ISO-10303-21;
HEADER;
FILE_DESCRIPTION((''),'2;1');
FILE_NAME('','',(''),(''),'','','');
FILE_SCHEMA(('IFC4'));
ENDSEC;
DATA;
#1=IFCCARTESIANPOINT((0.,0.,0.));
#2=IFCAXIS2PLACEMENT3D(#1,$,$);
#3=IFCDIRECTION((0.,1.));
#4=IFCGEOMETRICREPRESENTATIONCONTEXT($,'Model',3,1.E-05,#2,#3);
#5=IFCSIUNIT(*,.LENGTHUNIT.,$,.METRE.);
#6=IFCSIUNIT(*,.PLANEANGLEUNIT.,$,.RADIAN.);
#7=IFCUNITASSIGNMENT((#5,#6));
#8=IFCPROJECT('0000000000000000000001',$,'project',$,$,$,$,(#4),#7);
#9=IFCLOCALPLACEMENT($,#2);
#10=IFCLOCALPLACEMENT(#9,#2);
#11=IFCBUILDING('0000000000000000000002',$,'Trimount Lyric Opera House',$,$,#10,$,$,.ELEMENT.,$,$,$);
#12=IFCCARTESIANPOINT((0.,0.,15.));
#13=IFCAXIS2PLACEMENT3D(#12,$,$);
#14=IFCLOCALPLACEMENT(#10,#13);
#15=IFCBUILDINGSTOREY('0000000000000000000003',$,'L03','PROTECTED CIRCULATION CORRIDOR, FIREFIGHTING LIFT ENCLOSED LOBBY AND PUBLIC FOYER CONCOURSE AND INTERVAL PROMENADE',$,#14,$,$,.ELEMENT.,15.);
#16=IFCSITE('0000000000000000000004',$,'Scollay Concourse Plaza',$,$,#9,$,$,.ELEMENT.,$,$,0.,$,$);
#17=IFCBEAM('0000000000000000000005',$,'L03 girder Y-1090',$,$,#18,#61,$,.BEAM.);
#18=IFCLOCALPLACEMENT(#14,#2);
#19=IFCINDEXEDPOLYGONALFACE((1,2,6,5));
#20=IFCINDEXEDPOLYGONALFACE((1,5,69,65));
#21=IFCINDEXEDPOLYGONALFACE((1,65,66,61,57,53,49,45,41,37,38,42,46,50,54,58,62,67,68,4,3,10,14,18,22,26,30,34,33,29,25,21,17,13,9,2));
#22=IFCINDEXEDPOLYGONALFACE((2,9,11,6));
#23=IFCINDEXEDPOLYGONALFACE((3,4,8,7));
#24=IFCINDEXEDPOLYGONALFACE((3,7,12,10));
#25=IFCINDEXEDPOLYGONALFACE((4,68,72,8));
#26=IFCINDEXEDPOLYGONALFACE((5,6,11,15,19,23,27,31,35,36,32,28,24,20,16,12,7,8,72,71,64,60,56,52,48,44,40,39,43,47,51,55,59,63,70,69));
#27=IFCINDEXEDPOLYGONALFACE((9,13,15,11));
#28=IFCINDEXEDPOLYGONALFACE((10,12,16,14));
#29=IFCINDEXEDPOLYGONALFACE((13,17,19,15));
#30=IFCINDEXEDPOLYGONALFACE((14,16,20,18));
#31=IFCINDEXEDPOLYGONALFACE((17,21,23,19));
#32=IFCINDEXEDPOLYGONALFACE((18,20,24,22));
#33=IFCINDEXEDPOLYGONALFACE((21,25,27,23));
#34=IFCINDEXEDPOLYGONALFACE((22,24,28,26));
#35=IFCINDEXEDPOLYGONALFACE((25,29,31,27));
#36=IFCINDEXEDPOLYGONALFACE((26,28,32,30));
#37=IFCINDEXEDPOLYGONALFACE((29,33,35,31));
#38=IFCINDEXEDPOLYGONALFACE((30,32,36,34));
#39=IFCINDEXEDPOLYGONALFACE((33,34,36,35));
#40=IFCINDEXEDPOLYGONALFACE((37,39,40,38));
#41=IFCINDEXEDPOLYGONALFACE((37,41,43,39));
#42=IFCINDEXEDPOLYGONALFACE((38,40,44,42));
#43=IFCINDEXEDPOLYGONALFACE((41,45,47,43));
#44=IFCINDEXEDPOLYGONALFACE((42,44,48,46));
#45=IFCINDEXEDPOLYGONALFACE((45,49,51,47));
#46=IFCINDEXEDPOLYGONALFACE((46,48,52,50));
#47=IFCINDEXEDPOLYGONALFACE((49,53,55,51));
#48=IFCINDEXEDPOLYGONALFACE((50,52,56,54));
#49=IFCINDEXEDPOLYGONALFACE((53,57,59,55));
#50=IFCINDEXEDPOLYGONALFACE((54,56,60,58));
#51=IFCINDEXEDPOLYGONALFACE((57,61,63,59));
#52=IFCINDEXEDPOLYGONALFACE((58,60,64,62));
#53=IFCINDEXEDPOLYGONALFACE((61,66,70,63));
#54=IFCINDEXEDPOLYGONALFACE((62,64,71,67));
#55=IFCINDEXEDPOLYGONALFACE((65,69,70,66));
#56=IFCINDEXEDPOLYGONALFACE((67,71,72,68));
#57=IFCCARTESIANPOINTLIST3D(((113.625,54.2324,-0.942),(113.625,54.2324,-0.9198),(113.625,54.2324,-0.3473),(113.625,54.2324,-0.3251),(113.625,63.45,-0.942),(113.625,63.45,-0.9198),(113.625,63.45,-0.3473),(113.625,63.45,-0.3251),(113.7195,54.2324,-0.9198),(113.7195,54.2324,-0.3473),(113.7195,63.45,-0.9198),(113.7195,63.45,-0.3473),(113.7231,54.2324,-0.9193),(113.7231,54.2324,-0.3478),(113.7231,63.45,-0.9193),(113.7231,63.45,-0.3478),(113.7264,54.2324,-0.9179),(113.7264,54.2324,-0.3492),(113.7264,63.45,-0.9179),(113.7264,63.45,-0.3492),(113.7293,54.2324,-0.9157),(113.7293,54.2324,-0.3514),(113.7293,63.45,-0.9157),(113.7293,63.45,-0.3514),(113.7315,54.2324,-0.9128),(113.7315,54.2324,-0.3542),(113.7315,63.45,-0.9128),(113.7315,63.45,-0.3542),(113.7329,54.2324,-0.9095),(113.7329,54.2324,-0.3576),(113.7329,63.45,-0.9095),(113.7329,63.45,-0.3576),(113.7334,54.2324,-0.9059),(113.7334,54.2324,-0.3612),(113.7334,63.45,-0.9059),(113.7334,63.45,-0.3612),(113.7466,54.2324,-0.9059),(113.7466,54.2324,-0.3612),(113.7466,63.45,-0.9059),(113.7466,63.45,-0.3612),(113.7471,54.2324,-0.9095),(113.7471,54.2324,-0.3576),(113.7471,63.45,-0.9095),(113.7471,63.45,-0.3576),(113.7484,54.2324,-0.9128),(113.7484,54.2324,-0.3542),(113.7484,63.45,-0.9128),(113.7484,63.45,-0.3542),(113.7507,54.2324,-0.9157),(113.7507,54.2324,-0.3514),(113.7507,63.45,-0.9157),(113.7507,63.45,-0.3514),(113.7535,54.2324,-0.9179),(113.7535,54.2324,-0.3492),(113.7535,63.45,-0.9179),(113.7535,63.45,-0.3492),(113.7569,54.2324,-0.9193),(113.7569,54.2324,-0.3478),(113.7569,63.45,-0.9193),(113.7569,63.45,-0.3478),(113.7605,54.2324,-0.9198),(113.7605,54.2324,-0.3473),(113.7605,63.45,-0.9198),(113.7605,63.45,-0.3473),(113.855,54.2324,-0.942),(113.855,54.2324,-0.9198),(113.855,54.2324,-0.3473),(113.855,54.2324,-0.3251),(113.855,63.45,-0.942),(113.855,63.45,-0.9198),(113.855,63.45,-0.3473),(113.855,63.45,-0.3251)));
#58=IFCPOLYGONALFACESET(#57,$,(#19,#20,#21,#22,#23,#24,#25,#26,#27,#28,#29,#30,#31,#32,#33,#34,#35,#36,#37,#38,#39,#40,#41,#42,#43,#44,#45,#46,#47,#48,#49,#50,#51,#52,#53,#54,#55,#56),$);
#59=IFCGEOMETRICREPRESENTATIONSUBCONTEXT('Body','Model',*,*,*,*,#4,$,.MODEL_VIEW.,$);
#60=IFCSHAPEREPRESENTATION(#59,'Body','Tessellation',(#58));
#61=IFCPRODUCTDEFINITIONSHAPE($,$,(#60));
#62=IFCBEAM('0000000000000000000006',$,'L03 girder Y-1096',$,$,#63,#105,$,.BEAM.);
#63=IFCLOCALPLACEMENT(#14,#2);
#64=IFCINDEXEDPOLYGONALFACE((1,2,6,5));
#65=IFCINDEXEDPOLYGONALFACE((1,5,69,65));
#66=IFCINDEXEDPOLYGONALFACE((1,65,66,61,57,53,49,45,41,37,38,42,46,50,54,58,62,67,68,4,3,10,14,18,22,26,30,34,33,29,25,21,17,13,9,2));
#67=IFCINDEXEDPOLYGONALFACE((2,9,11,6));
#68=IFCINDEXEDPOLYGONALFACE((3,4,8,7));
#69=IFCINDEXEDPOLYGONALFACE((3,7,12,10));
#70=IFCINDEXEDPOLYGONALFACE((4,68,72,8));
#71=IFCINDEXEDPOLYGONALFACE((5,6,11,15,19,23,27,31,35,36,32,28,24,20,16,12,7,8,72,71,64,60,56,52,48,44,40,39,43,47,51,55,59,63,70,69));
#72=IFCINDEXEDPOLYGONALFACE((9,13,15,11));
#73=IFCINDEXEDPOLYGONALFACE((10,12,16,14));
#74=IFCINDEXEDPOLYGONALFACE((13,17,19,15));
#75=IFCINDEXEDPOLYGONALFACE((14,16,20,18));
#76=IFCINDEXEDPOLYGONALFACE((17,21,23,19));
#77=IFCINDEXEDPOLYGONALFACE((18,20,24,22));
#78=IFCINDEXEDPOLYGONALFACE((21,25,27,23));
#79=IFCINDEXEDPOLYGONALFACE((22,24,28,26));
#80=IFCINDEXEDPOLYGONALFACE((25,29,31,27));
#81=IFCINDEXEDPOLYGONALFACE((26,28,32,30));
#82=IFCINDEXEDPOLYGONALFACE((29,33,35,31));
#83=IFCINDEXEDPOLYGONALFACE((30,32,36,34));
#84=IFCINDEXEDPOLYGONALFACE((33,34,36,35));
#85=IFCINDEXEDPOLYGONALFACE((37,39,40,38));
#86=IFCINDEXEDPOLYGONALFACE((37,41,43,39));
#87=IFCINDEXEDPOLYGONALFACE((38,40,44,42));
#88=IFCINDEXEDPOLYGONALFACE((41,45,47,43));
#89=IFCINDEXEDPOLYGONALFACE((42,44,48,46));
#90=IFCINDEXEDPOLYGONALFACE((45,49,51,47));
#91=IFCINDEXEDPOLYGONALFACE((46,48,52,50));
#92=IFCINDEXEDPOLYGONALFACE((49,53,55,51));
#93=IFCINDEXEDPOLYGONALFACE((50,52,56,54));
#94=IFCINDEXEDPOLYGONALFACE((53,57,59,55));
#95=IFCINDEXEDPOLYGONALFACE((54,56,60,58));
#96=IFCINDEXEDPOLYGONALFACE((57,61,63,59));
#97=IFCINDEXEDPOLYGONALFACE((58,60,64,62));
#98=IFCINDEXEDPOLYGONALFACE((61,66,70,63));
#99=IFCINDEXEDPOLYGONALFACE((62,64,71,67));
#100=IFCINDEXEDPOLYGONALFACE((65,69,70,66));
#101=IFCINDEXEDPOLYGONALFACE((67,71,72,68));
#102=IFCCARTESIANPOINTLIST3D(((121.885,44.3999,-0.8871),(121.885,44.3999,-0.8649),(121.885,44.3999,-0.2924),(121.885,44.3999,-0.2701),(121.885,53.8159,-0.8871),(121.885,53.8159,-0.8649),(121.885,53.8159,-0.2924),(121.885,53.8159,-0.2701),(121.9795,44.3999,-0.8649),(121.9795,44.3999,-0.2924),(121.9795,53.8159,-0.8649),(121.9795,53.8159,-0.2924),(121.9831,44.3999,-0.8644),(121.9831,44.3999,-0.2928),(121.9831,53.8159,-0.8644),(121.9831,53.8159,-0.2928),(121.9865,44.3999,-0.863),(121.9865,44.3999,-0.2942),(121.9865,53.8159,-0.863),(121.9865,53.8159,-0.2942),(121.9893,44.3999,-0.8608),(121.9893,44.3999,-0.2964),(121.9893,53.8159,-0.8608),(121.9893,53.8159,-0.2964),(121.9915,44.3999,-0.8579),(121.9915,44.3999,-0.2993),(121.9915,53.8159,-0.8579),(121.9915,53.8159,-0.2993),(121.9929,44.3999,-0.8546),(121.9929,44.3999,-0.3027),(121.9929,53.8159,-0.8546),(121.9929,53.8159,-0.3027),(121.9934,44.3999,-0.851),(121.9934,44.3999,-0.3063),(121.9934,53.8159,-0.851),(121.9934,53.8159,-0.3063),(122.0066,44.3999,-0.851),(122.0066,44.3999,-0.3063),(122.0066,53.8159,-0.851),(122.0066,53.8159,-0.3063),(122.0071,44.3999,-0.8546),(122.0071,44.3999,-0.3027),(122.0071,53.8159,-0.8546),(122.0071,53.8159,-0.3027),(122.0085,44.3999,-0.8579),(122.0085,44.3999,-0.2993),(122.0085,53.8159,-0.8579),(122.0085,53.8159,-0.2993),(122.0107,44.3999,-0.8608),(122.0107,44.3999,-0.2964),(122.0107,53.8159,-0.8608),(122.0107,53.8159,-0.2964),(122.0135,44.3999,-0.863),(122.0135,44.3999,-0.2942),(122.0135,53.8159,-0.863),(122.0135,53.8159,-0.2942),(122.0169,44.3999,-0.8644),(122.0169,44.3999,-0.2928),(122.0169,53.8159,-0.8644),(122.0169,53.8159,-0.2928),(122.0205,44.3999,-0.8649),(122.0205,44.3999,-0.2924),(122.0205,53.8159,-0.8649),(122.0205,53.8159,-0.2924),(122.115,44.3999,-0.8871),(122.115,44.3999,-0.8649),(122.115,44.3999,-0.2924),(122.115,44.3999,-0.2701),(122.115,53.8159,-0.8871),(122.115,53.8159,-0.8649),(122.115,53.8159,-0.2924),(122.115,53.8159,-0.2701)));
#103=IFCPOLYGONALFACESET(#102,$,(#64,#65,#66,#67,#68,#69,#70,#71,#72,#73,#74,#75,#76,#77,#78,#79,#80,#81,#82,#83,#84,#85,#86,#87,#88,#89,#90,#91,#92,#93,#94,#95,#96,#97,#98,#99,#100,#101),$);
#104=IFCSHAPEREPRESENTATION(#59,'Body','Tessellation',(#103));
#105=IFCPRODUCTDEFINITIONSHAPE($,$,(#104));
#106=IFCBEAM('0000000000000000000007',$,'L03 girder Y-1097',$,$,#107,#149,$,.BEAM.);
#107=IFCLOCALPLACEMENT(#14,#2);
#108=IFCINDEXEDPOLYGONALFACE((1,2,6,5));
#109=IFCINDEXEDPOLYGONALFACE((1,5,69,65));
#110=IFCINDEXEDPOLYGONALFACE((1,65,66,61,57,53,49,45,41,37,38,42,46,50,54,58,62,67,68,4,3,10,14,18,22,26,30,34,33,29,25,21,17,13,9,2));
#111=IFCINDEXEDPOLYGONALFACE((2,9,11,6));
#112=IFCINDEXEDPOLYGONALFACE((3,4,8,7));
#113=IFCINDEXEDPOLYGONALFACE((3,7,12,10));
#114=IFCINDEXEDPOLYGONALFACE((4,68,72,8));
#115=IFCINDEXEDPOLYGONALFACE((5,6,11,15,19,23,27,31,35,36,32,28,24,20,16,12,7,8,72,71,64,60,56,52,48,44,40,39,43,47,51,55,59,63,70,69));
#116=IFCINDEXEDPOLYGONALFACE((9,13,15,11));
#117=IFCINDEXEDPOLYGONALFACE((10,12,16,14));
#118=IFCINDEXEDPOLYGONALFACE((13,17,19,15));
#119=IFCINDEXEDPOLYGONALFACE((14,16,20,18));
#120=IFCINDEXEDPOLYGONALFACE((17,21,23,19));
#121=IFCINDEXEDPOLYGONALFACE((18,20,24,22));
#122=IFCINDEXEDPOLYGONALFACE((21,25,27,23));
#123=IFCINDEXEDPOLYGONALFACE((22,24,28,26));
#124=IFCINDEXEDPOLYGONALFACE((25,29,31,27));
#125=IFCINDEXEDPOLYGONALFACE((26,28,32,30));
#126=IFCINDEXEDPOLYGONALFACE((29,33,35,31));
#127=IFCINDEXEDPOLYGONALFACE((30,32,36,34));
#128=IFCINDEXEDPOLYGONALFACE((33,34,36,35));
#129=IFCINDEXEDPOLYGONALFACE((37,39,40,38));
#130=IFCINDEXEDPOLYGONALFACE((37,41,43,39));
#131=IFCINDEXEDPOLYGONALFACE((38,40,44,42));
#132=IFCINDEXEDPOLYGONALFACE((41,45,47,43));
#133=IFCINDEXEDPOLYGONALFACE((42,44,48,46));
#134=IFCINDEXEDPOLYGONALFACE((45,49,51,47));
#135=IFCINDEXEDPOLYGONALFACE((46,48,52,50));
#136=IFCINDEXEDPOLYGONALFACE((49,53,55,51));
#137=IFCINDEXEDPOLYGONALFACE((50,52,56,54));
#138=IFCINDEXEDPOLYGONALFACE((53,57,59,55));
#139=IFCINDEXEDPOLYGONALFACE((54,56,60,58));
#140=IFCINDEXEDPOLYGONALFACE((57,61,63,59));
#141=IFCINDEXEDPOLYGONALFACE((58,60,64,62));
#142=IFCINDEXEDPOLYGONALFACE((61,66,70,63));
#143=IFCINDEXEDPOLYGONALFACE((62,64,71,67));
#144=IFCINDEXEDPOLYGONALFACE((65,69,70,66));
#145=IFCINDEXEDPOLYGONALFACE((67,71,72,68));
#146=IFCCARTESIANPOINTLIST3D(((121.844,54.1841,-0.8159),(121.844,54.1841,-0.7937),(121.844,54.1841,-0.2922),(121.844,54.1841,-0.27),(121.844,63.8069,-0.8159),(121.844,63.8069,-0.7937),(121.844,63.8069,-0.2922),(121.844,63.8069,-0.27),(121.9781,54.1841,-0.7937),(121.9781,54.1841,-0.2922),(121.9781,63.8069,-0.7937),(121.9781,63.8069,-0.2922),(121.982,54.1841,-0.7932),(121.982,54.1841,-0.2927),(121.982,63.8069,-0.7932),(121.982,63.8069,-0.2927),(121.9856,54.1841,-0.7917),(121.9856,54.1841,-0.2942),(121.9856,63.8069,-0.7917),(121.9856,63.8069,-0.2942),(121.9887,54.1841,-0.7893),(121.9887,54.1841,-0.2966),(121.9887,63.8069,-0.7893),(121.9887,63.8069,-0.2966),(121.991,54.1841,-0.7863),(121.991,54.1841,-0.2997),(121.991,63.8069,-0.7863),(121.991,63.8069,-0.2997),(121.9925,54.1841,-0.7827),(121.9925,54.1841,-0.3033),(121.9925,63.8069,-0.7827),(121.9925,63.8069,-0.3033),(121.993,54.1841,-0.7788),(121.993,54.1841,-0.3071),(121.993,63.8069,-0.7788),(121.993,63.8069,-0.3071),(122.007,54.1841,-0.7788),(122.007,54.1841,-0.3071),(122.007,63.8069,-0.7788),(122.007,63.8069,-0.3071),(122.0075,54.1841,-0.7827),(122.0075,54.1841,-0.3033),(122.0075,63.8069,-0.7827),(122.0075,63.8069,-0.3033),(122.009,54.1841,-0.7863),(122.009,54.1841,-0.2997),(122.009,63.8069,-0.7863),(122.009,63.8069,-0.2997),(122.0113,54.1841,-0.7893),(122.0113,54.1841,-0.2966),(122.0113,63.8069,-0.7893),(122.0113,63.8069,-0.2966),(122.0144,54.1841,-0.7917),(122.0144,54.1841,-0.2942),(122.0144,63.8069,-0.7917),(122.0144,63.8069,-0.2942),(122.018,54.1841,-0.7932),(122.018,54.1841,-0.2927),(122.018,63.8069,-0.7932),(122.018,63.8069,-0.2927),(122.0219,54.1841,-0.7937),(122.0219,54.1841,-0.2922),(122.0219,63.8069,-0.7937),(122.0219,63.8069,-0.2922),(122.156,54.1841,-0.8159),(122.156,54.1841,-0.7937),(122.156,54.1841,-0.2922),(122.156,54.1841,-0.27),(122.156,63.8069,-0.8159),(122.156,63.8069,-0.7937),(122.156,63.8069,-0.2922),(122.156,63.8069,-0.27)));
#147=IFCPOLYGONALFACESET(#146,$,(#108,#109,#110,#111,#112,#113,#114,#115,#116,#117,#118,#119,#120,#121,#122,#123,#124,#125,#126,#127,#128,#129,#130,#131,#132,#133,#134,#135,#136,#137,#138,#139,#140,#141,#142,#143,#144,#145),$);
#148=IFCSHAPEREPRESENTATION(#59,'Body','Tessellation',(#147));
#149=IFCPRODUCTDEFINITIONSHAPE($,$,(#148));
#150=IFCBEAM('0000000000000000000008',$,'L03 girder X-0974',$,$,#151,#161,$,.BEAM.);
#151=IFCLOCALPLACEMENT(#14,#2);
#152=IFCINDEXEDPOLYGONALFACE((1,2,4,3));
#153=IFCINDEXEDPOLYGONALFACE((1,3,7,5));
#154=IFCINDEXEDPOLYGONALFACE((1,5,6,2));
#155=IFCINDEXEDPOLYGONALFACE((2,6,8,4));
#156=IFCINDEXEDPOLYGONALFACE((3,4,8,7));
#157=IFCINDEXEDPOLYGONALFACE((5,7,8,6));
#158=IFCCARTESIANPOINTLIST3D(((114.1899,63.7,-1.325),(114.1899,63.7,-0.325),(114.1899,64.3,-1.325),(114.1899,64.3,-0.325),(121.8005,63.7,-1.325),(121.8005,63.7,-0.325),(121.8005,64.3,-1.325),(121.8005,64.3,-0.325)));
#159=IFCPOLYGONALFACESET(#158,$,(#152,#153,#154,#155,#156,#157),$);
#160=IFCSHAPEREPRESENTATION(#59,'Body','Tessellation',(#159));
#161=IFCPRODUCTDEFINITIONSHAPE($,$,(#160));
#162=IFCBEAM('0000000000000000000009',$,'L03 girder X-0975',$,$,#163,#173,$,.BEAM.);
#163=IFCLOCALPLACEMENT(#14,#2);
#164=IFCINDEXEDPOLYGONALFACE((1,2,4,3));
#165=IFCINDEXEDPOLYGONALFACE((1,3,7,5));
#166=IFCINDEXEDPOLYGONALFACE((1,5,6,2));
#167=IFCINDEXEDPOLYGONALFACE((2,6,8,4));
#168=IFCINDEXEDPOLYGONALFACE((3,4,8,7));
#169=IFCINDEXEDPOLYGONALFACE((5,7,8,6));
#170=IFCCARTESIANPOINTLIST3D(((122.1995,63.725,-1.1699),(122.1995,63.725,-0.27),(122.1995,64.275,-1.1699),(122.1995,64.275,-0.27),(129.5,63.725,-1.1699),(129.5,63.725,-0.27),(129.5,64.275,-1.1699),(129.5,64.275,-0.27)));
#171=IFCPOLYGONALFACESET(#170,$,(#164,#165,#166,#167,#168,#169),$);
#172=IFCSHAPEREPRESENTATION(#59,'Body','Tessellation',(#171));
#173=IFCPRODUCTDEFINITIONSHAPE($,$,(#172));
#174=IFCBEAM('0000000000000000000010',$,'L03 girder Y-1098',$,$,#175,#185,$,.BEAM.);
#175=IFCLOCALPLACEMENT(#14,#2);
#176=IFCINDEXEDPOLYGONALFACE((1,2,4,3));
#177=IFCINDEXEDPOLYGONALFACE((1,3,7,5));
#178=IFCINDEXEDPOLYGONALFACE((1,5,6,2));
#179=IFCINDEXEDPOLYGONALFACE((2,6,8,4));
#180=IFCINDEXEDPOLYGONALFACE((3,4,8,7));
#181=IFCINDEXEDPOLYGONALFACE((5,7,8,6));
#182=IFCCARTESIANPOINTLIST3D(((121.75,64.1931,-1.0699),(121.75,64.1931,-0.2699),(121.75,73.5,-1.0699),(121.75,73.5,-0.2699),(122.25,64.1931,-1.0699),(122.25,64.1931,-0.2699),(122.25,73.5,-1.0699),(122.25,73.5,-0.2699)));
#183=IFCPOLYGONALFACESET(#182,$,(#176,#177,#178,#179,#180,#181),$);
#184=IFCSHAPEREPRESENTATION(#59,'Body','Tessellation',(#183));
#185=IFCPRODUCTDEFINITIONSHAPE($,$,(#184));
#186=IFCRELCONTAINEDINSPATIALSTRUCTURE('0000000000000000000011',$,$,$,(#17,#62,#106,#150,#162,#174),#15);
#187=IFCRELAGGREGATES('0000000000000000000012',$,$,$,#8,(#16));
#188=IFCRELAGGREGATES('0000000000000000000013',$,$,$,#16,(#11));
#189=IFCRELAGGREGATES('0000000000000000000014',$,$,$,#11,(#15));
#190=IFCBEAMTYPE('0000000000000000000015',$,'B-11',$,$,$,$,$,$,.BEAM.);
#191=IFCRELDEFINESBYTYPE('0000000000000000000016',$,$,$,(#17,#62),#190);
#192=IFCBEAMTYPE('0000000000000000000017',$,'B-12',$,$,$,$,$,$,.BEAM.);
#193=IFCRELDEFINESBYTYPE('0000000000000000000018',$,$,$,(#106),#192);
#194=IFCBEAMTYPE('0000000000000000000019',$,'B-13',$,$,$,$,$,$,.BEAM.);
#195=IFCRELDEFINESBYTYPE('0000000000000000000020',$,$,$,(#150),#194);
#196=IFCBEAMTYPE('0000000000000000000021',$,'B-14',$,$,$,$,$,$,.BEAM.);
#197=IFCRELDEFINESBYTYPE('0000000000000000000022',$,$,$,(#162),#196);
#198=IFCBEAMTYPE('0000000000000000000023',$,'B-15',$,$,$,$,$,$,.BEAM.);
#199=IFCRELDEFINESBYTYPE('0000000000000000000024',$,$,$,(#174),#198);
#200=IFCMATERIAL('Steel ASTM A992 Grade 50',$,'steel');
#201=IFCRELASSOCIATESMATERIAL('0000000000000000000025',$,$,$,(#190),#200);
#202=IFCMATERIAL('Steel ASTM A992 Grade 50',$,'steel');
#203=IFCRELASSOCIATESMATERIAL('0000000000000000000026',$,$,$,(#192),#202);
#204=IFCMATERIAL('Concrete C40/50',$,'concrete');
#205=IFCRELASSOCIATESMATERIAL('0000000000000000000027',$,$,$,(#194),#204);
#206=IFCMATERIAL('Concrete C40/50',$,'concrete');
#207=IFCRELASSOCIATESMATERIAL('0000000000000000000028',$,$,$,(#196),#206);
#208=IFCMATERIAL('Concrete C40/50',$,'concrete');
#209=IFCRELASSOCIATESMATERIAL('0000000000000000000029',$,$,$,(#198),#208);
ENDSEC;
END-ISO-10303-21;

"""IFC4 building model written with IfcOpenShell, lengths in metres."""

from ifc_helpers import new_model, si_unit, direction, frame, origin, origin_2d, place, context, subcontext, project, spatial, rectangle, i_section, extrude, material, material_profile, profile_set, type_object, element, save


model = new_model("IFC4")

# Units and contexts
model_context = context("Model", 3, precision=1e-05, world=origin(), true_north=direction((0.0, 1.0)))
body_context = subcontext(model_context, "Body", "Model", "MODEL_VIEW")
ifc_project = project(units=[si_unit("LENGTHUNIT", "METRE"), si_unit("PLANEANGLEUNIT", "RADIAN")], contexts=[model_context])

# Site, building, storey
site_placement = place(None, origin())
site = spatial("IfcSite", under=ifc_project, at=site_placement, Name="Scollay Concourse Plaza", CompositionType="ELEMENT", RefElevation=0.0)
building_placement = place(site_placement, origin())
building = spatial("IfcBuilding", under=site, at=building_placement, Name="Trimount Lyric Opera House", CompositionType="ELEMENT")
storey_placement = place(building_placement, frame((0.0, 0.0, 15.0)))
storey = spatial("IfcBuildingStorey", under=building, at=storey_placement, Name="L03", Description="PROTECTED CIRCULATION CORRIDOR, FIREFIGHTING LIFT ENCLOSED LOBBY AND PUBLIC FOYER CONCOURSE AND INTERVAL PROMENADE", CompositionType="ELEMENT", Elevation=15.0)

# Beams
ifc_material_1 = material(Name="Steel ASTM A992 Grade 50", Category="steel")
ifc_material_profile_1 = material_profile(ifc_material_1, i_section(OverallWidth=0.23, OverallDepth=0.6169, WebThickness=0.0132, FlangeThickness=0.0222, FilletRadius=0.0139, at=origin_2d()), Name="W24X94")
ifc_profile_set_1 = profile_set([ifc_material_profile_1], Name="Steel ASTM A992 Grade 50")
beam_type_1 = type_object("IfcBeamType", Name="B-11", PredefinedType="BEAM", material=ifc_profile_set_1)
beam_1_placement = place(storey_placement, frame((113.74, 54.2324, -0.6335), z_axis=(0.0, 1.0, 0.0), x_axis=(-1.0, 0.0, 0.0)))
element("IfcBeam", 1, at=beam_1_placement, inside=storey, type_object=beam_type_1, Name="L03 girder Y-1090", PredefinedType="BEAM", context=body_context, shape_type="SweptSolid", body=[
    extrude(i_section(OverallWidth=0.23, OverallDepth=0.6169, WebThickness=0.0132, FlangeThickness=0.0222, FilletRadius=0.0139, at=origin_2d()), origin(), (0.0, 0.0, 1.0), 9.2175),
])
beam_2_placement = place(storey_placement, frame((122.0, 44.3999, -0.5786), z_axis=(0.0, 1.0, 0.0), x_axis=(-1.0, 0.0, 0.0)))
element("IfcBeam", 2, at=beam_2_placement, inside=storey, type_object=beam_type_1, Name="L03 girder Y-1096", PredefinedType="BEAM", context=body_context, shape_type="SweptSolid", body=[
    extrude(i_section(OverallWidth=0.23, OverallDepth=0.6169, WebThickness=0.0132, FlangeThickness=0.0222, FilletRadius=0.0139, at=origin_2d()), origin(), (0.0, 0.0, 1.0), 9.416),
])
ifc_material_2 = material(Name="Steel ASTM A992 Grade 50", Category="steel")
ifc_material_profile_2 = material_profile(ifc_material_2, i_section(OverallWidth=0.312, OverallDepth=0.5459, WebThickness=0.0139, FlangeThickness=0.0222, FilletRadius=0.0149, at=origin_2d()), Name="W21X111")
ifc_profile_set_2 = profile_set([ifc_material_profile_2], Name="Steel ASTM A992 Grade 50")
beam_type_2 = type_object("IfcBeamType", Name="B-12", PredefinedType="BEAM", material=ifc_profile_set_2)
beam_3_placement = place(storey_placement, frame((122.0, 54.1841, -0.543), z_axis=(0.0, 1.0, 0.0), x_axis=(-1.0, 0.0, 0.0)))
element("IfcBeam", 3, at=beam_3_placement, inside=storey, type_object=beam_type_2, Name="L03 girder Y-1097", PredefinedType="BEAM", context=body_context, shape_type="SweptSolid", body=[
    extrude(i_section(OverallWidth=0.312, OverallDepth=0.5459, WebThickness=0.0139, FlangeThickness=0.0222, FilletRadius=0.0149, at=origin_2d()), origin(), (0.0, 0.0, 1.0), 9.6228),
])
ifc_material_3 = material(Name="Concrete C40/50", Category="concrete")
ifc_material_profile_3 = material_profile(ifc_material_3, rectangle(XDim=0.6001, YDim=1.0, at=origin_2d()), Name="RC600X1000")
ifc_profile_set_3 = profile_set([ifc_material_profile_3], Name="Concrete C40/50")
beam_type_3 = type_object("IfcBeamType", Name="B-13", PredefinedType="BEAM", material=ifc_profile_set_3)
beam_4_placement = place(storey_placement, frame((114.1899, 64.0, -0.825), z_axis=(1.0, 0.0, 0.0), x_axis=(0.0, 1.0, 0.0)))
element("IfcBeam", 4, at=beam_4_placement, inside=storey, type_object=beam_type_3, Name="L03 girder X-0974", PredefinedType="BEAM", context=body_context, shape_type="SweptSolid", body=[
    extrude(rectangle(XDim=0.6001, YDim=1.0, at=origin_2d()), origin(), (0.0, 0.0, 1.0), 7.6106),
])
ifc_material_4 = material(Name="Concrete C40/50", Category="concrete")
ifc_material_profile_4 = material_profile(ifc_material_4, rectangle(XDim=0.55, YDim=0.8999, at=origin_2d()), Name="RC550X900")
ifc_profile_set_4 = profile_set([ifc_material_profile_4], Name="Concrete C40/50")
beam_type_4 = type_object("IfcBeamType", Name="B-14", PredefinedType="BEAM", material=ifc_profile_set_4)
beam_5_placement = place(storey_placement, frame((122.1995, 64.0, -0.72), z_axis=(1.0, 0.0, 0.0), x_axis=(0.0, 1.0, 0.0)))
element("IfcBeam", 5, at=beam_5_placement, inside=storey, type_object=beam_type_4, Name="L03 girder X-0975", PredefinedType="BEAM", context=body_context, shape_type="SweptSolid", body=[
    extrude(rectangle(XDim=0.55, YDim=0.8999, at=origin_2d()), origin(), (0.0, 0.0, 1.0), 7.3005),
])
ifc_material_5 = material(Name="Concrete C40/50", Category="concrete")
ifc_material_profile_5 = material_profile(ifc_material_5, rectangle(XDim=0.5, YDim=0.8, at=origin_2d()), Name="RC500X800")
ifc_profile_set_5 = profile_set([ifc_material_profile_5], Name="Concrete C40/50")
beam_type_5 = type_object("IfcBeamType", Name="B-15", PredefinedType="BEAM", material=ifc_profile_set_5)
beam_6_placement = place(storey_placement, frame((122.0, 64.1931, -0.6699), z_axis=(0.0, 1.0, 0.0), x_axis=(-1.0, 0.0, 0.0)))
element("IfcBeam", 6, at=beam_6_placement, inside=storey, type_object=beam_type_5, Name="L03 girder Y-1098", PredefinedType="BEAM", context=body_context, shape_type="SweptSolid", body=[
    extrude(rectangle(XDim=0.5, YDim=0.8, at=origin_2d()), origin(), (0.0, 0.0, 1.0), 9.3069),
])

save(model, "model.ifc")
